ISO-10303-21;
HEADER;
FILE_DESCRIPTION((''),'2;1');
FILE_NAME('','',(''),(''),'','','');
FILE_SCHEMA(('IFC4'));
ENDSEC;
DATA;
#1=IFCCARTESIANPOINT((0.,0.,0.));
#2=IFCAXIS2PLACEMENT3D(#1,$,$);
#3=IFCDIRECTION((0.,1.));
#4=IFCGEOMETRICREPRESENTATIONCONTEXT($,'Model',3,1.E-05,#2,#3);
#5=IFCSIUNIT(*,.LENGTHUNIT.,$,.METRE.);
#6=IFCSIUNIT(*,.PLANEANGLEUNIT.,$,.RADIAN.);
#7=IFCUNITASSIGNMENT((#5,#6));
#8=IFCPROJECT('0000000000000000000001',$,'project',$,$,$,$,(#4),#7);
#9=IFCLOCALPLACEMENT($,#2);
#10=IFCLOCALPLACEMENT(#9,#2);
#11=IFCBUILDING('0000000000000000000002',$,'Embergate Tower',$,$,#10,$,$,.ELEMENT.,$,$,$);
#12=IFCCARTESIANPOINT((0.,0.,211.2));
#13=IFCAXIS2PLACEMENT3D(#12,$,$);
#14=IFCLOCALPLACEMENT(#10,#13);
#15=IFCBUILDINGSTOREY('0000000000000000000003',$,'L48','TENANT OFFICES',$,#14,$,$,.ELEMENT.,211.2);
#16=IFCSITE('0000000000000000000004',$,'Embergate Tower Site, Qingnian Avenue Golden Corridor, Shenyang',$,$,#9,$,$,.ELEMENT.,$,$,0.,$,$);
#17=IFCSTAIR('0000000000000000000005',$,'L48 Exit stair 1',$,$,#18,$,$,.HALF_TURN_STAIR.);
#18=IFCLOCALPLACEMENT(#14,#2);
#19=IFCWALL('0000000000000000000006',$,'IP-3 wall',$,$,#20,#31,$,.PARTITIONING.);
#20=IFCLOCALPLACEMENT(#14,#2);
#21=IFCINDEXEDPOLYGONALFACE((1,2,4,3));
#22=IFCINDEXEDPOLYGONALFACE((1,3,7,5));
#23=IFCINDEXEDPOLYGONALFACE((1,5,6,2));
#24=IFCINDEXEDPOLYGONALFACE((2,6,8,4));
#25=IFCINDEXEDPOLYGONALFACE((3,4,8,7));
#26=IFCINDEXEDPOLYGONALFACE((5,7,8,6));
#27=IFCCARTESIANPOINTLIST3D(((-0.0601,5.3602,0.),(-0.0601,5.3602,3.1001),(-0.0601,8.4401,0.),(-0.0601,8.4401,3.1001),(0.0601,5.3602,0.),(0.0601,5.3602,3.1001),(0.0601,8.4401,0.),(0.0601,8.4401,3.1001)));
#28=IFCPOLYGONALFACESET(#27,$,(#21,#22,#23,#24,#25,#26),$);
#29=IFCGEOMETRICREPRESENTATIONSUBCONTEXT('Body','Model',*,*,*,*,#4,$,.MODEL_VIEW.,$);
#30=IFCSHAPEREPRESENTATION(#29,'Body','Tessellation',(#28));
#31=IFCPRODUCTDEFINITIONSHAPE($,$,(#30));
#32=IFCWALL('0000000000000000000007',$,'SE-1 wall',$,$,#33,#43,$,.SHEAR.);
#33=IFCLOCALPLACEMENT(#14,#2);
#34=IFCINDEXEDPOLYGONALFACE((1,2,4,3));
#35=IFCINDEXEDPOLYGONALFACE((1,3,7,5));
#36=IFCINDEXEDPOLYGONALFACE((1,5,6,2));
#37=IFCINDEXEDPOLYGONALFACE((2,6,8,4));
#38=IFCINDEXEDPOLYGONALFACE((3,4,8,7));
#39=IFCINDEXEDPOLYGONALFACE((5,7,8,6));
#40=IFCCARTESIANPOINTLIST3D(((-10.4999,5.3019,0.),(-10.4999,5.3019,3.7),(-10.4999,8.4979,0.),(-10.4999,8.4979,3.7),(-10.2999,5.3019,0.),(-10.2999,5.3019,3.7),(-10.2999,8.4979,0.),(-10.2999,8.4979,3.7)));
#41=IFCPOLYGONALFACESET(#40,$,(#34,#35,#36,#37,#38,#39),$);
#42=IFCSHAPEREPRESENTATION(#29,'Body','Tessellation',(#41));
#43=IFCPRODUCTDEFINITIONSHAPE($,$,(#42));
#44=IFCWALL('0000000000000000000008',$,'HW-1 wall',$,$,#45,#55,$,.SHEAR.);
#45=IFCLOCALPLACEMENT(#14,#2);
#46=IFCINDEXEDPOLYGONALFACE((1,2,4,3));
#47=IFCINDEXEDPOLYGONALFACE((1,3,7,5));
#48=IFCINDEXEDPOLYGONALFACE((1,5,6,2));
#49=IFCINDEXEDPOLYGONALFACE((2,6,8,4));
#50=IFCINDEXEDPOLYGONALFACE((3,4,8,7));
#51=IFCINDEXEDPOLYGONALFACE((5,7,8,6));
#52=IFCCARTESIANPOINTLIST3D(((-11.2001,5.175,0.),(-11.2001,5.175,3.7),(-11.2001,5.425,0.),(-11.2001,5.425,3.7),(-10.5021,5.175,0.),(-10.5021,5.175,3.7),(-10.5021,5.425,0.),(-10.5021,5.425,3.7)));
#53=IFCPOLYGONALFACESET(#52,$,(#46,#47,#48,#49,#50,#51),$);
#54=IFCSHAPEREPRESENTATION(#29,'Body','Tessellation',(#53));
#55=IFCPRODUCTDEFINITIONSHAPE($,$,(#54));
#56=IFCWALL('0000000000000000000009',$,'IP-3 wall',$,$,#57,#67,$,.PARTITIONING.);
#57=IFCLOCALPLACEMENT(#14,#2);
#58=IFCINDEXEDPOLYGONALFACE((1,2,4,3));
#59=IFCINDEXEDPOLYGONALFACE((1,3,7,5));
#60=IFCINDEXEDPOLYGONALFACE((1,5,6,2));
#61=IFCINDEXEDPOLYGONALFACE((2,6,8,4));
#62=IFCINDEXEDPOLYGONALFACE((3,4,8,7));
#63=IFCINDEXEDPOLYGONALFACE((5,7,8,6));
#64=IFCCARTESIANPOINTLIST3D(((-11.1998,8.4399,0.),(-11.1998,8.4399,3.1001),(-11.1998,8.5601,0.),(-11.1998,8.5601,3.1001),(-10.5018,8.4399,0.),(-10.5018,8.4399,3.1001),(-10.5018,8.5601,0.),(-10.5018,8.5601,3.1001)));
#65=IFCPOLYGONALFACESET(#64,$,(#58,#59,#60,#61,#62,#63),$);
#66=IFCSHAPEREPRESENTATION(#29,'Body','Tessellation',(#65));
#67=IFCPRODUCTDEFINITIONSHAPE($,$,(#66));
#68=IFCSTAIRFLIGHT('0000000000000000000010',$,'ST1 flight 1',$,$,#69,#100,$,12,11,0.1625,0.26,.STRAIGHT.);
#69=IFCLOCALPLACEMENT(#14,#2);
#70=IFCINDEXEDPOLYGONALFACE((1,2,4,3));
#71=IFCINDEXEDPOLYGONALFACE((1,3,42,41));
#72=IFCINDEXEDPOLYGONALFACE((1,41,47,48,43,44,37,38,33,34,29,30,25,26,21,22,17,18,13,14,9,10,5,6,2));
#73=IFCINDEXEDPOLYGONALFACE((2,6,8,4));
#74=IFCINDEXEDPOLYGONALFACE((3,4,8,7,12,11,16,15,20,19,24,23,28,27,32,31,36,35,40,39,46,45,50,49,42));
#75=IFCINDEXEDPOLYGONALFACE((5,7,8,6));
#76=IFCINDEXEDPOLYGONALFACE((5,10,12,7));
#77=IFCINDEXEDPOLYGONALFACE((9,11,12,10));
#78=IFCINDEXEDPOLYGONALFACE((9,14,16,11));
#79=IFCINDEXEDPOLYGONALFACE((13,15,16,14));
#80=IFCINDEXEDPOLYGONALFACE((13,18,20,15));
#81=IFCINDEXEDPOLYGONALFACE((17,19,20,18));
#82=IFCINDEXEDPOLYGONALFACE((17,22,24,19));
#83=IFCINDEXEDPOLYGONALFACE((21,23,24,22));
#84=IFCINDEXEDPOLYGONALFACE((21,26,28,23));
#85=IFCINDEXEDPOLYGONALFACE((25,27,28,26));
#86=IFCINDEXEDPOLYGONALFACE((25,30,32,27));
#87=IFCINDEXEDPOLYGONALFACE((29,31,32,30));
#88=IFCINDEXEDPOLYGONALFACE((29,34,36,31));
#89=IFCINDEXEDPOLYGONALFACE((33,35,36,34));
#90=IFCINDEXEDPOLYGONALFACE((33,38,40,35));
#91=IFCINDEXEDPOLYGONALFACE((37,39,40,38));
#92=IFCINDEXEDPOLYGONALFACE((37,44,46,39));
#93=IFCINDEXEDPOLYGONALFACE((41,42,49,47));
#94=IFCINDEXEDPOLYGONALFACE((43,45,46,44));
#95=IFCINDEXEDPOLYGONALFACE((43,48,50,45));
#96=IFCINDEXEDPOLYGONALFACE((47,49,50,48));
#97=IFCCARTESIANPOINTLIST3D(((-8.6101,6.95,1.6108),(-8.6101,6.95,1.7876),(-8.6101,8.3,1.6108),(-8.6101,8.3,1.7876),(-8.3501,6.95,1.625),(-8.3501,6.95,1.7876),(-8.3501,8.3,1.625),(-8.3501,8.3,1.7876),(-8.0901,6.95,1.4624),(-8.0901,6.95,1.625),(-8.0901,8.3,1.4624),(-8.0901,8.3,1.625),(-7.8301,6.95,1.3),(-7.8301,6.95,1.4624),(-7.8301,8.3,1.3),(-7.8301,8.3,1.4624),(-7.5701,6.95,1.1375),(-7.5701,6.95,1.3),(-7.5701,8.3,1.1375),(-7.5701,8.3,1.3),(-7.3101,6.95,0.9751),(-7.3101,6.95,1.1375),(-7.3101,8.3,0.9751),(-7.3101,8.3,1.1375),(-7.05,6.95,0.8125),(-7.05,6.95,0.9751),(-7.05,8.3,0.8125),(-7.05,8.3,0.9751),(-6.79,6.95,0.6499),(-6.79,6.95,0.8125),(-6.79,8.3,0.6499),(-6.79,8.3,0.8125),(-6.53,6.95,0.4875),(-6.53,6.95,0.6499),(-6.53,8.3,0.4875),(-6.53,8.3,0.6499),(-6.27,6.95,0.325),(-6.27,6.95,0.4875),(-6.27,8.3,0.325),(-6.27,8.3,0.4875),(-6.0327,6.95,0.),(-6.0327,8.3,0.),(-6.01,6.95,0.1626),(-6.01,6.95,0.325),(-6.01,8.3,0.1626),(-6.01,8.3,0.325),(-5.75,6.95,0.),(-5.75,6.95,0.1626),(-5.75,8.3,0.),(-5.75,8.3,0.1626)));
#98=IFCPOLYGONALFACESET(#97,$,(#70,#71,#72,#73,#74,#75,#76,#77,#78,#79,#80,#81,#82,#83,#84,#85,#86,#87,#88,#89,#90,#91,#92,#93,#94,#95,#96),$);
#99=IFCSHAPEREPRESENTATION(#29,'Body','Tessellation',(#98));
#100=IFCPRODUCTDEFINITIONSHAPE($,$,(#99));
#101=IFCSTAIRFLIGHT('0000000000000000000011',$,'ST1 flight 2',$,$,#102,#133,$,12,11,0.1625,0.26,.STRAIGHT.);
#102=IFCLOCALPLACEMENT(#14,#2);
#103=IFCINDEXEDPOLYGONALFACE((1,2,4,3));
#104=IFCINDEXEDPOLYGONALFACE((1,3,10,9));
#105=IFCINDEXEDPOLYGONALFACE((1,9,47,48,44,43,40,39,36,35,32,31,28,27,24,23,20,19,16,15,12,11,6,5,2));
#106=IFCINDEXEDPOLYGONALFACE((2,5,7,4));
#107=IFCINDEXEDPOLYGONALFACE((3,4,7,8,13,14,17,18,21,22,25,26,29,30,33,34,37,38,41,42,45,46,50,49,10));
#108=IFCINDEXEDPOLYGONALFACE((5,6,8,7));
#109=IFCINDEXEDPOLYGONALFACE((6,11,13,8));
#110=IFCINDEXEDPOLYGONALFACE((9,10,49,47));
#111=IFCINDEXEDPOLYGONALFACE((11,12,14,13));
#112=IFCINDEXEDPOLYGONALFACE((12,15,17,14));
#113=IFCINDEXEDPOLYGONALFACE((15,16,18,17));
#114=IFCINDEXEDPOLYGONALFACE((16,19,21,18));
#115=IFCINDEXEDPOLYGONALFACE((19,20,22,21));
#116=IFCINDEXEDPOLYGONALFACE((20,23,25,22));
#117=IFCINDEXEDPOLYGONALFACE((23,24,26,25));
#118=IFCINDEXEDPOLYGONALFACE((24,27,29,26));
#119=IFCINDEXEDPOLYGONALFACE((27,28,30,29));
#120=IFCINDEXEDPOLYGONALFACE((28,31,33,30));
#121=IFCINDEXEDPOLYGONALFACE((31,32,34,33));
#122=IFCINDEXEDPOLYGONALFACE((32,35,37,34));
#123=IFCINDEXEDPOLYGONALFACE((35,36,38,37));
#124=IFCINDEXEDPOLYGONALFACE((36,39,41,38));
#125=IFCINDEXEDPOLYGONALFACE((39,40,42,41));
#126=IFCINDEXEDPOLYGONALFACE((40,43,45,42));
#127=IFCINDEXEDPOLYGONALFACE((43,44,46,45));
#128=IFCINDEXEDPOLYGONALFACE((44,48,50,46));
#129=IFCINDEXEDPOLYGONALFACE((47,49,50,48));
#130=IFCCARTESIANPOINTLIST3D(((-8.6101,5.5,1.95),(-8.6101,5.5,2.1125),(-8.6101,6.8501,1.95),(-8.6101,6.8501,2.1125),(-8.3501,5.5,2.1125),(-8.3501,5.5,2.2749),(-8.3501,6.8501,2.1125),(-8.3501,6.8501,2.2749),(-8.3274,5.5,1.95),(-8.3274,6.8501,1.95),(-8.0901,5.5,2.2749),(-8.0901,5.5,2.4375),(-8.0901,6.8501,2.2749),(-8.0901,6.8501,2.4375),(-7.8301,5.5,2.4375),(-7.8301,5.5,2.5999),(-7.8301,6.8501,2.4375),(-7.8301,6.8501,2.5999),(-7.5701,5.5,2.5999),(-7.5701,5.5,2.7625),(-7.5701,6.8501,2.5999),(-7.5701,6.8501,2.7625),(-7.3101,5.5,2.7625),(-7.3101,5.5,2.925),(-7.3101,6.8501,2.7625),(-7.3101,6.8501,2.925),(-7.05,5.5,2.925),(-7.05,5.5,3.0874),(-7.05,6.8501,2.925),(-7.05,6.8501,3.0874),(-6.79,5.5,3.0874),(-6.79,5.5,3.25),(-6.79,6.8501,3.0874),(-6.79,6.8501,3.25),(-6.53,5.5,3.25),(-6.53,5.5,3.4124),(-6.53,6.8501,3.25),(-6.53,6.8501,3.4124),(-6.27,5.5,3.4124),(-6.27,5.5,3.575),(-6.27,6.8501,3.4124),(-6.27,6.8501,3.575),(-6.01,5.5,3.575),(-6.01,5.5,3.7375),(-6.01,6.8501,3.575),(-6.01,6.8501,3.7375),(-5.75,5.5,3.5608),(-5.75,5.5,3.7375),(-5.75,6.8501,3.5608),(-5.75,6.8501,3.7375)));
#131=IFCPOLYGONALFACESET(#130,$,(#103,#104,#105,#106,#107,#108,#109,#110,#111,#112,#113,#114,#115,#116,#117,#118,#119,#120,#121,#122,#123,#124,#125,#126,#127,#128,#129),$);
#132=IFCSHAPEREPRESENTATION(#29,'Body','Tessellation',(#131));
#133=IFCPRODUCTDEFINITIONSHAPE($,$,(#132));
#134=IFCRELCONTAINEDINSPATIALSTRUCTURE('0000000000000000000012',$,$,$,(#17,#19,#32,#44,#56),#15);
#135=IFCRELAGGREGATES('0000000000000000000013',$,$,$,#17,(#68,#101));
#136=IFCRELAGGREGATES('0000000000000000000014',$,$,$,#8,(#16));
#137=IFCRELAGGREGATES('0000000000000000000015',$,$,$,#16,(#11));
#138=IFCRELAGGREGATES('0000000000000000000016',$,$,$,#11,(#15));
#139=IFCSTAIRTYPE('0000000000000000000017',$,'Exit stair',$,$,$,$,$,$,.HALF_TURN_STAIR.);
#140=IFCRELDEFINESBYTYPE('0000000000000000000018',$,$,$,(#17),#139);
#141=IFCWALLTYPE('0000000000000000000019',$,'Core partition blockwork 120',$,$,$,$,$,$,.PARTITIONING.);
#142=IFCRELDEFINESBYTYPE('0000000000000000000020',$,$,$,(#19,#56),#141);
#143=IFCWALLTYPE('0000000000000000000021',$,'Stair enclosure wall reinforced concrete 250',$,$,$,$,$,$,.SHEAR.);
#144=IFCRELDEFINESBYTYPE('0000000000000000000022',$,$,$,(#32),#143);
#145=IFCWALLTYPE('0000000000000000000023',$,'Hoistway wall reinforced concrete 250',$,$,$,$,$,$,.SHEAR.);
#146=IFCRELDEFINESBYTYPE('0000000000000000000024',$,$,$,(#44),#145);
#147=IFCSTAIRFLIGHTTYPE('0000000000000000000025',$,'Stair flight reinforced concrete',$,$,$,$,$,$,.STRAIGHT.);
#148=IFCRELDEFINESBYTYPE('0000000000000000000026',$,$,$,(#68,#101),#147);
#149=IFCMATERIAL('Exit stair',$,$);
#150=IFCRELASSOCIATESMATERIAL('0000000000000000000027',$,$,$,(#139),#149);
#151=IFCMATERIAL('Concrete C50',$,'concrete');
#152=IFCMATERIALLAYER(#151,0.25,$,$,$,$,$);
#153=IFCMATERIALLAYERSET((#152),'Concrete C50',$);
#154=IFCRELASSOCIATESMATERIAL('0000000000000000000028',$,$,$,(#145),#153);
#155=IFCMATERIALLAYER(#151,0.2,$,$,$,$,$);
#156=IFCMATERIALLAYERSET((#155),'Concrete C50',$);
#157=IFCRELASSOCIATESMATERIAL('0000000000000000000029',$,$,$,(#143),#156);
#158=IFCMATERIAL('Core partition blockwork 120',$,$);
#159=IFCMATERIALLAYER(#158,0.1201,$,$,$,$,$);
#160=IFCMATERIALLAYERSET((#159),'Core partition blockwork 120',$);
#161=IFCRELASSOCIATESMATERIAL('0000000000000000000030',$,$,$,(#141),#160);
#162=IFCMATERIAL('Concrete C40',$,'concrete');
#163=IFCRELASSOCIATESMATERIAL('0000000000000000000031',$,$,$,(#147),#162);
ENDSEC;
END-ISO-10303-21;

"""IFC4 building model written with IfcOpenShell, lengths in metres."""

from ifc_helpers import new_model, si_unit, direction, frame, frame_2d, origin, place, context, subcontext, project, spatial, polyline, rectangle, outline, extrude, source, transform, mapped, material, layer, layer_set, type_object, element, aggregate, save


model = new_model("IFC4")

# Units and contexts
model_context = context("Model", 3, precision=1e-05, world=origin(), true_north=direction((0.0, 1.0)))
body_context = subcontext(model_context, "Body", "Model", "MODEL_VIEW")
ifc_project = project(units=[si_unit("LENGTHUNIT", "METRE"), si_unit("PLANEANGLEUNIT", "RADIAN")], contexts=[model_context])

# Site, building, storey
site_placement = place(None, origin())
site = spatial("IfcSite", under=ifc_project, at=site_placement, Name="Embergate Tower Site, Qingnian Avenue Golden Corridor, Shenyang", CompositionType="ELEMENT", RefElevation=0.0)
building_placement = place(site_placement, origin())
building = spatial("IfcBuilding", under=site, at=building_placement, Name="Embergate Tower", CompositionType="ELEMENT")
storey_placement = place(building_placement, frame((0.0, 0.0, 211.2)))
storey = spatial("IfcBuildingStorey", under=building, at=storey_placement, Name="L48", Description="TENANT OFFICES", CompositionType="ELEMENT", Elevation=211.2)

# Stair
ifc_material_1 = material(Name="Exit stair")
stair_type = type_object("IfcStairType", Name="Exit stair", PredefinedType="HALF_TURN_STAIR", material=ifc_material_1)
stair_placement = place(storey_placement, origin())
stair = element("IfcStair", 1, at=stair_placement, inside=storey, type_object=stair_type, Name="L48 Exit stair 1", PredefinedType="HALF_TURN_STAIR")
ifc_material_2 = material(Name="Concrete C40", Category="concrete")

# Shared definitions
ifc_material_3 = material(Name="Concrete C50", Category="concrete")
ifc_layer_1 = layer(ifc_material_3, 0.25)
ifc_layer_set_1 = layer_set([ifc_layer_1], Name="Concrete C50")
wall_type_1 = type_object("IfcWallType", Name="Hoistway wall reinforced concrete 250", PredefinedType="SHEAR", material=ifc_layer_set_1)

# Shared definitions
ifc_layer_2 = layer(ifc_material_3, 0.2)
ifc_layer_set_2 = layer_set([ifc_layer_2], Name="Concrete C50")
wall_type_2 = type_object("IfcWallType", Name="Stair enclosure wall reinforced concrete 250", PredefinedType="SHEAR", material=ifc_layer_set_2)

# Shared definitions
ifc_material_4 = material(Name="Core partition blockwork 120")
ifc_layer_3 = layer(ifc_material_4, 0.1201)
ifc_layer_set_3 = layer_set([ifc_layer_3], Name="Core partition blockwork 120")
wall_type_3 = type_object("IfcWallType", Name="Core partition blockwork 120", PredefinedType="PARTITIONING", material=ifc_layer_set_3)

# Walls
shared_shape_1 = source(origin(), body_context, "Body", "SweptSolid", [
    extrude(rectangle(XDim=3.0798, YDim=0.1201, at=frame_2d((1.54, 0.0))), origin(), (0.0, 0.0, 1.0), 3.1001),
])
wall_1_placement = place(storey_placement, frame((0.0, 5.3601, 0.0), z_axis=(0.0, 0.0, 1.0), x_axis=(0.0, 1.0, 0.0)))
element("IfcWall", 2, at=wall_1_placement, inside=storey, type_object=wall_type_3, Name="IP-3 wall", PredefinedType="PARTITIONING", context=body_context, shape_type="MappedRepresentation", body=[
    mapped(shared_shape_1, transform((0.0, 0.0, 0.0))),
])
shared_shape_2 = source(origin(), body_context, "Body", "SweptSolid", [
    extrude(rectangle(XDim=3.196, YDim=0.2, at=frame_2d((1.5981, 0.0))), origin(), (0.0, 0.0, 1.0), 3.7),
])
wall_2_placement = place(storey_placement, frame((-10.3999, 8.498, 0.0), z_axis=(0.0, 0.0, 1.0), x_axis=(0.0, -1.0, 0.0)))
element("IfcWall", 3, at=wall_2_placement, inside=storey, type_object=wall_type_2, Name="SE-1 wall", PredefinedType="SHEAR", context=body_context, shape_type="MappedRepresentation", body=[
    mapped(shared_shape_2, transform((0.0, 0.0, 0.0))),
])
shared_shape_3 = source(origin(), body_context, "Body", "SweptSolid", [
    extrude(rectangle(XDim=0.698, YDim=0.25, at=frame_2d((0.3491, 0.0))), origin(), (0.0, 0.0, 1.0), 3.7),
])
wall_3_placement = place(storey_placement, frame((-10.502, 5.3, 0.0), z_axis=(0.0, 0.0, 1.0), x_axis=(-1.0, 0.0, 0.0)))
element("IfcWall", 4, at=wall_3_placement, inside=storey, type_object=wall_type_1, Name="HW-1 wall", PredefinedType="SHEAR", context=body_context, shape_type="MappedRepresentation", body=[
    mapped(shared_shape_3, transform((0.0, 0.0, 0.0))),
])
shared_shape_4 = source(origin(), body_context, "Body", "SweptSolid", [
    extrude(rectangle(XDim=0.698, YDim=0.1201, at=frame_2d((0.3491, 0.0))), origin(), (0.0, 0.0, 1.0), 3.1001),
])
wall_4_placement = place(storey_placement, frame((-11.2, 8.5, 0.0), z_axis=(0.0, 0.0, 1.0), x_axis=(1.0, 0.0, 0.0)))
element("IfcWall", 5, at=wall_4_placement, inside=storey, type_object=wall_type_3, Name="IP-3 wall", PredefinedType="PARTITIONING", context=body_context, shape_type="MappedRepresentation", body=[
    mapped(shared_shape_4, transform((0.0, 0.0, 0.0))),
])

# Stair flights
stair_flight_type = type_object("IfcStairFlightType", Name="Stair flight reinforced concrete", PredefinedType="STRAIGHT", material=ifc_material_2)
shared_shape_5 = source(origin(), body_context, "Body", "SweptSolid", [
    extrude(outline(polyline([(0.0, 0.0), (0.0, 0.1626), (0.26, 0.1626), (0.26, 0.325), (0.52, 0.325), (0.52, 0.4875), (0.78, 0.4875), (0.78, 0.6499), (1.04, 0.6499), (1.04, 0.8125), (1.3, 0.8125), (1.3, 0.9751), (1.5601, 0.9751), (1.5601, 1.1375), (1.8201, 1.1375), (1.8201, 1.3), (2.0801, 1.3), (2.0801, 1.4624), (2.3401, 1.4624), (2.3401, 1.625), (2.6001, 1.625), (2.6001, 1.7876), (2.8601, 1.7876), (2.8601, 1.95), (2.8601, 1.6108), (0.2827, 0.0), (0.0, 0.0)])), frame((0.0, 0.675, 0.0), z_axis=(0.0, -1.0, 0.0), x_axis=(1.0, 0.0, 0.0)), (0.0, 0.0, 1.0), 1.3501),
])
stair_flight_1_placement = place(storey_placement, frame((-5.75, 7.625, 0.0), z_axis=(0.0, 0.0, 1.0), x_axis=(-1.0, 0.0, 0.0)))
stair_flight_1 = element("IfcStairFlight", 6, at=stair_flight_1_placement, type_object=stair_flight_type, Name="ST1 flight 1", NumberOfRisers=12, NumberOfTreads=11, PredefinedType="STRAIGHT", RiserHeight=0.1625, TreadLength=0.26, context=body_context, shape_type="MappedRepresentation", body=[
    mapped(shared_shape_5, transform((0.0, 0.0, 0.0))),
])
stair_flight_2_placement = place(storey_placement, frame((-8.6101, 6.175, 1.95), z_axis=(0.0, 0.0, 1.0), x_axis=(1.0, 0.0, 0.0)))
stair_flight_2 = element("IfcStairFlight", 7, at=stair_flight_2_placement, type_object=stair_flight_type, Name="ST1 flight 2", NumberOfRisers=12, NumberOfTreads=11, PredefinedType="STRAIGHT", RiserHeight=0.1625, TreadLength=0.26, context=body_context, shape_type="MappedRepresentation", body=[
    mapped(shared_shape_5, transform((0.0, 0.0, 0.0))),
])
aggregate(stair, [stair_flight_1, stair_flight_2])

save(model, "model.ifc")
